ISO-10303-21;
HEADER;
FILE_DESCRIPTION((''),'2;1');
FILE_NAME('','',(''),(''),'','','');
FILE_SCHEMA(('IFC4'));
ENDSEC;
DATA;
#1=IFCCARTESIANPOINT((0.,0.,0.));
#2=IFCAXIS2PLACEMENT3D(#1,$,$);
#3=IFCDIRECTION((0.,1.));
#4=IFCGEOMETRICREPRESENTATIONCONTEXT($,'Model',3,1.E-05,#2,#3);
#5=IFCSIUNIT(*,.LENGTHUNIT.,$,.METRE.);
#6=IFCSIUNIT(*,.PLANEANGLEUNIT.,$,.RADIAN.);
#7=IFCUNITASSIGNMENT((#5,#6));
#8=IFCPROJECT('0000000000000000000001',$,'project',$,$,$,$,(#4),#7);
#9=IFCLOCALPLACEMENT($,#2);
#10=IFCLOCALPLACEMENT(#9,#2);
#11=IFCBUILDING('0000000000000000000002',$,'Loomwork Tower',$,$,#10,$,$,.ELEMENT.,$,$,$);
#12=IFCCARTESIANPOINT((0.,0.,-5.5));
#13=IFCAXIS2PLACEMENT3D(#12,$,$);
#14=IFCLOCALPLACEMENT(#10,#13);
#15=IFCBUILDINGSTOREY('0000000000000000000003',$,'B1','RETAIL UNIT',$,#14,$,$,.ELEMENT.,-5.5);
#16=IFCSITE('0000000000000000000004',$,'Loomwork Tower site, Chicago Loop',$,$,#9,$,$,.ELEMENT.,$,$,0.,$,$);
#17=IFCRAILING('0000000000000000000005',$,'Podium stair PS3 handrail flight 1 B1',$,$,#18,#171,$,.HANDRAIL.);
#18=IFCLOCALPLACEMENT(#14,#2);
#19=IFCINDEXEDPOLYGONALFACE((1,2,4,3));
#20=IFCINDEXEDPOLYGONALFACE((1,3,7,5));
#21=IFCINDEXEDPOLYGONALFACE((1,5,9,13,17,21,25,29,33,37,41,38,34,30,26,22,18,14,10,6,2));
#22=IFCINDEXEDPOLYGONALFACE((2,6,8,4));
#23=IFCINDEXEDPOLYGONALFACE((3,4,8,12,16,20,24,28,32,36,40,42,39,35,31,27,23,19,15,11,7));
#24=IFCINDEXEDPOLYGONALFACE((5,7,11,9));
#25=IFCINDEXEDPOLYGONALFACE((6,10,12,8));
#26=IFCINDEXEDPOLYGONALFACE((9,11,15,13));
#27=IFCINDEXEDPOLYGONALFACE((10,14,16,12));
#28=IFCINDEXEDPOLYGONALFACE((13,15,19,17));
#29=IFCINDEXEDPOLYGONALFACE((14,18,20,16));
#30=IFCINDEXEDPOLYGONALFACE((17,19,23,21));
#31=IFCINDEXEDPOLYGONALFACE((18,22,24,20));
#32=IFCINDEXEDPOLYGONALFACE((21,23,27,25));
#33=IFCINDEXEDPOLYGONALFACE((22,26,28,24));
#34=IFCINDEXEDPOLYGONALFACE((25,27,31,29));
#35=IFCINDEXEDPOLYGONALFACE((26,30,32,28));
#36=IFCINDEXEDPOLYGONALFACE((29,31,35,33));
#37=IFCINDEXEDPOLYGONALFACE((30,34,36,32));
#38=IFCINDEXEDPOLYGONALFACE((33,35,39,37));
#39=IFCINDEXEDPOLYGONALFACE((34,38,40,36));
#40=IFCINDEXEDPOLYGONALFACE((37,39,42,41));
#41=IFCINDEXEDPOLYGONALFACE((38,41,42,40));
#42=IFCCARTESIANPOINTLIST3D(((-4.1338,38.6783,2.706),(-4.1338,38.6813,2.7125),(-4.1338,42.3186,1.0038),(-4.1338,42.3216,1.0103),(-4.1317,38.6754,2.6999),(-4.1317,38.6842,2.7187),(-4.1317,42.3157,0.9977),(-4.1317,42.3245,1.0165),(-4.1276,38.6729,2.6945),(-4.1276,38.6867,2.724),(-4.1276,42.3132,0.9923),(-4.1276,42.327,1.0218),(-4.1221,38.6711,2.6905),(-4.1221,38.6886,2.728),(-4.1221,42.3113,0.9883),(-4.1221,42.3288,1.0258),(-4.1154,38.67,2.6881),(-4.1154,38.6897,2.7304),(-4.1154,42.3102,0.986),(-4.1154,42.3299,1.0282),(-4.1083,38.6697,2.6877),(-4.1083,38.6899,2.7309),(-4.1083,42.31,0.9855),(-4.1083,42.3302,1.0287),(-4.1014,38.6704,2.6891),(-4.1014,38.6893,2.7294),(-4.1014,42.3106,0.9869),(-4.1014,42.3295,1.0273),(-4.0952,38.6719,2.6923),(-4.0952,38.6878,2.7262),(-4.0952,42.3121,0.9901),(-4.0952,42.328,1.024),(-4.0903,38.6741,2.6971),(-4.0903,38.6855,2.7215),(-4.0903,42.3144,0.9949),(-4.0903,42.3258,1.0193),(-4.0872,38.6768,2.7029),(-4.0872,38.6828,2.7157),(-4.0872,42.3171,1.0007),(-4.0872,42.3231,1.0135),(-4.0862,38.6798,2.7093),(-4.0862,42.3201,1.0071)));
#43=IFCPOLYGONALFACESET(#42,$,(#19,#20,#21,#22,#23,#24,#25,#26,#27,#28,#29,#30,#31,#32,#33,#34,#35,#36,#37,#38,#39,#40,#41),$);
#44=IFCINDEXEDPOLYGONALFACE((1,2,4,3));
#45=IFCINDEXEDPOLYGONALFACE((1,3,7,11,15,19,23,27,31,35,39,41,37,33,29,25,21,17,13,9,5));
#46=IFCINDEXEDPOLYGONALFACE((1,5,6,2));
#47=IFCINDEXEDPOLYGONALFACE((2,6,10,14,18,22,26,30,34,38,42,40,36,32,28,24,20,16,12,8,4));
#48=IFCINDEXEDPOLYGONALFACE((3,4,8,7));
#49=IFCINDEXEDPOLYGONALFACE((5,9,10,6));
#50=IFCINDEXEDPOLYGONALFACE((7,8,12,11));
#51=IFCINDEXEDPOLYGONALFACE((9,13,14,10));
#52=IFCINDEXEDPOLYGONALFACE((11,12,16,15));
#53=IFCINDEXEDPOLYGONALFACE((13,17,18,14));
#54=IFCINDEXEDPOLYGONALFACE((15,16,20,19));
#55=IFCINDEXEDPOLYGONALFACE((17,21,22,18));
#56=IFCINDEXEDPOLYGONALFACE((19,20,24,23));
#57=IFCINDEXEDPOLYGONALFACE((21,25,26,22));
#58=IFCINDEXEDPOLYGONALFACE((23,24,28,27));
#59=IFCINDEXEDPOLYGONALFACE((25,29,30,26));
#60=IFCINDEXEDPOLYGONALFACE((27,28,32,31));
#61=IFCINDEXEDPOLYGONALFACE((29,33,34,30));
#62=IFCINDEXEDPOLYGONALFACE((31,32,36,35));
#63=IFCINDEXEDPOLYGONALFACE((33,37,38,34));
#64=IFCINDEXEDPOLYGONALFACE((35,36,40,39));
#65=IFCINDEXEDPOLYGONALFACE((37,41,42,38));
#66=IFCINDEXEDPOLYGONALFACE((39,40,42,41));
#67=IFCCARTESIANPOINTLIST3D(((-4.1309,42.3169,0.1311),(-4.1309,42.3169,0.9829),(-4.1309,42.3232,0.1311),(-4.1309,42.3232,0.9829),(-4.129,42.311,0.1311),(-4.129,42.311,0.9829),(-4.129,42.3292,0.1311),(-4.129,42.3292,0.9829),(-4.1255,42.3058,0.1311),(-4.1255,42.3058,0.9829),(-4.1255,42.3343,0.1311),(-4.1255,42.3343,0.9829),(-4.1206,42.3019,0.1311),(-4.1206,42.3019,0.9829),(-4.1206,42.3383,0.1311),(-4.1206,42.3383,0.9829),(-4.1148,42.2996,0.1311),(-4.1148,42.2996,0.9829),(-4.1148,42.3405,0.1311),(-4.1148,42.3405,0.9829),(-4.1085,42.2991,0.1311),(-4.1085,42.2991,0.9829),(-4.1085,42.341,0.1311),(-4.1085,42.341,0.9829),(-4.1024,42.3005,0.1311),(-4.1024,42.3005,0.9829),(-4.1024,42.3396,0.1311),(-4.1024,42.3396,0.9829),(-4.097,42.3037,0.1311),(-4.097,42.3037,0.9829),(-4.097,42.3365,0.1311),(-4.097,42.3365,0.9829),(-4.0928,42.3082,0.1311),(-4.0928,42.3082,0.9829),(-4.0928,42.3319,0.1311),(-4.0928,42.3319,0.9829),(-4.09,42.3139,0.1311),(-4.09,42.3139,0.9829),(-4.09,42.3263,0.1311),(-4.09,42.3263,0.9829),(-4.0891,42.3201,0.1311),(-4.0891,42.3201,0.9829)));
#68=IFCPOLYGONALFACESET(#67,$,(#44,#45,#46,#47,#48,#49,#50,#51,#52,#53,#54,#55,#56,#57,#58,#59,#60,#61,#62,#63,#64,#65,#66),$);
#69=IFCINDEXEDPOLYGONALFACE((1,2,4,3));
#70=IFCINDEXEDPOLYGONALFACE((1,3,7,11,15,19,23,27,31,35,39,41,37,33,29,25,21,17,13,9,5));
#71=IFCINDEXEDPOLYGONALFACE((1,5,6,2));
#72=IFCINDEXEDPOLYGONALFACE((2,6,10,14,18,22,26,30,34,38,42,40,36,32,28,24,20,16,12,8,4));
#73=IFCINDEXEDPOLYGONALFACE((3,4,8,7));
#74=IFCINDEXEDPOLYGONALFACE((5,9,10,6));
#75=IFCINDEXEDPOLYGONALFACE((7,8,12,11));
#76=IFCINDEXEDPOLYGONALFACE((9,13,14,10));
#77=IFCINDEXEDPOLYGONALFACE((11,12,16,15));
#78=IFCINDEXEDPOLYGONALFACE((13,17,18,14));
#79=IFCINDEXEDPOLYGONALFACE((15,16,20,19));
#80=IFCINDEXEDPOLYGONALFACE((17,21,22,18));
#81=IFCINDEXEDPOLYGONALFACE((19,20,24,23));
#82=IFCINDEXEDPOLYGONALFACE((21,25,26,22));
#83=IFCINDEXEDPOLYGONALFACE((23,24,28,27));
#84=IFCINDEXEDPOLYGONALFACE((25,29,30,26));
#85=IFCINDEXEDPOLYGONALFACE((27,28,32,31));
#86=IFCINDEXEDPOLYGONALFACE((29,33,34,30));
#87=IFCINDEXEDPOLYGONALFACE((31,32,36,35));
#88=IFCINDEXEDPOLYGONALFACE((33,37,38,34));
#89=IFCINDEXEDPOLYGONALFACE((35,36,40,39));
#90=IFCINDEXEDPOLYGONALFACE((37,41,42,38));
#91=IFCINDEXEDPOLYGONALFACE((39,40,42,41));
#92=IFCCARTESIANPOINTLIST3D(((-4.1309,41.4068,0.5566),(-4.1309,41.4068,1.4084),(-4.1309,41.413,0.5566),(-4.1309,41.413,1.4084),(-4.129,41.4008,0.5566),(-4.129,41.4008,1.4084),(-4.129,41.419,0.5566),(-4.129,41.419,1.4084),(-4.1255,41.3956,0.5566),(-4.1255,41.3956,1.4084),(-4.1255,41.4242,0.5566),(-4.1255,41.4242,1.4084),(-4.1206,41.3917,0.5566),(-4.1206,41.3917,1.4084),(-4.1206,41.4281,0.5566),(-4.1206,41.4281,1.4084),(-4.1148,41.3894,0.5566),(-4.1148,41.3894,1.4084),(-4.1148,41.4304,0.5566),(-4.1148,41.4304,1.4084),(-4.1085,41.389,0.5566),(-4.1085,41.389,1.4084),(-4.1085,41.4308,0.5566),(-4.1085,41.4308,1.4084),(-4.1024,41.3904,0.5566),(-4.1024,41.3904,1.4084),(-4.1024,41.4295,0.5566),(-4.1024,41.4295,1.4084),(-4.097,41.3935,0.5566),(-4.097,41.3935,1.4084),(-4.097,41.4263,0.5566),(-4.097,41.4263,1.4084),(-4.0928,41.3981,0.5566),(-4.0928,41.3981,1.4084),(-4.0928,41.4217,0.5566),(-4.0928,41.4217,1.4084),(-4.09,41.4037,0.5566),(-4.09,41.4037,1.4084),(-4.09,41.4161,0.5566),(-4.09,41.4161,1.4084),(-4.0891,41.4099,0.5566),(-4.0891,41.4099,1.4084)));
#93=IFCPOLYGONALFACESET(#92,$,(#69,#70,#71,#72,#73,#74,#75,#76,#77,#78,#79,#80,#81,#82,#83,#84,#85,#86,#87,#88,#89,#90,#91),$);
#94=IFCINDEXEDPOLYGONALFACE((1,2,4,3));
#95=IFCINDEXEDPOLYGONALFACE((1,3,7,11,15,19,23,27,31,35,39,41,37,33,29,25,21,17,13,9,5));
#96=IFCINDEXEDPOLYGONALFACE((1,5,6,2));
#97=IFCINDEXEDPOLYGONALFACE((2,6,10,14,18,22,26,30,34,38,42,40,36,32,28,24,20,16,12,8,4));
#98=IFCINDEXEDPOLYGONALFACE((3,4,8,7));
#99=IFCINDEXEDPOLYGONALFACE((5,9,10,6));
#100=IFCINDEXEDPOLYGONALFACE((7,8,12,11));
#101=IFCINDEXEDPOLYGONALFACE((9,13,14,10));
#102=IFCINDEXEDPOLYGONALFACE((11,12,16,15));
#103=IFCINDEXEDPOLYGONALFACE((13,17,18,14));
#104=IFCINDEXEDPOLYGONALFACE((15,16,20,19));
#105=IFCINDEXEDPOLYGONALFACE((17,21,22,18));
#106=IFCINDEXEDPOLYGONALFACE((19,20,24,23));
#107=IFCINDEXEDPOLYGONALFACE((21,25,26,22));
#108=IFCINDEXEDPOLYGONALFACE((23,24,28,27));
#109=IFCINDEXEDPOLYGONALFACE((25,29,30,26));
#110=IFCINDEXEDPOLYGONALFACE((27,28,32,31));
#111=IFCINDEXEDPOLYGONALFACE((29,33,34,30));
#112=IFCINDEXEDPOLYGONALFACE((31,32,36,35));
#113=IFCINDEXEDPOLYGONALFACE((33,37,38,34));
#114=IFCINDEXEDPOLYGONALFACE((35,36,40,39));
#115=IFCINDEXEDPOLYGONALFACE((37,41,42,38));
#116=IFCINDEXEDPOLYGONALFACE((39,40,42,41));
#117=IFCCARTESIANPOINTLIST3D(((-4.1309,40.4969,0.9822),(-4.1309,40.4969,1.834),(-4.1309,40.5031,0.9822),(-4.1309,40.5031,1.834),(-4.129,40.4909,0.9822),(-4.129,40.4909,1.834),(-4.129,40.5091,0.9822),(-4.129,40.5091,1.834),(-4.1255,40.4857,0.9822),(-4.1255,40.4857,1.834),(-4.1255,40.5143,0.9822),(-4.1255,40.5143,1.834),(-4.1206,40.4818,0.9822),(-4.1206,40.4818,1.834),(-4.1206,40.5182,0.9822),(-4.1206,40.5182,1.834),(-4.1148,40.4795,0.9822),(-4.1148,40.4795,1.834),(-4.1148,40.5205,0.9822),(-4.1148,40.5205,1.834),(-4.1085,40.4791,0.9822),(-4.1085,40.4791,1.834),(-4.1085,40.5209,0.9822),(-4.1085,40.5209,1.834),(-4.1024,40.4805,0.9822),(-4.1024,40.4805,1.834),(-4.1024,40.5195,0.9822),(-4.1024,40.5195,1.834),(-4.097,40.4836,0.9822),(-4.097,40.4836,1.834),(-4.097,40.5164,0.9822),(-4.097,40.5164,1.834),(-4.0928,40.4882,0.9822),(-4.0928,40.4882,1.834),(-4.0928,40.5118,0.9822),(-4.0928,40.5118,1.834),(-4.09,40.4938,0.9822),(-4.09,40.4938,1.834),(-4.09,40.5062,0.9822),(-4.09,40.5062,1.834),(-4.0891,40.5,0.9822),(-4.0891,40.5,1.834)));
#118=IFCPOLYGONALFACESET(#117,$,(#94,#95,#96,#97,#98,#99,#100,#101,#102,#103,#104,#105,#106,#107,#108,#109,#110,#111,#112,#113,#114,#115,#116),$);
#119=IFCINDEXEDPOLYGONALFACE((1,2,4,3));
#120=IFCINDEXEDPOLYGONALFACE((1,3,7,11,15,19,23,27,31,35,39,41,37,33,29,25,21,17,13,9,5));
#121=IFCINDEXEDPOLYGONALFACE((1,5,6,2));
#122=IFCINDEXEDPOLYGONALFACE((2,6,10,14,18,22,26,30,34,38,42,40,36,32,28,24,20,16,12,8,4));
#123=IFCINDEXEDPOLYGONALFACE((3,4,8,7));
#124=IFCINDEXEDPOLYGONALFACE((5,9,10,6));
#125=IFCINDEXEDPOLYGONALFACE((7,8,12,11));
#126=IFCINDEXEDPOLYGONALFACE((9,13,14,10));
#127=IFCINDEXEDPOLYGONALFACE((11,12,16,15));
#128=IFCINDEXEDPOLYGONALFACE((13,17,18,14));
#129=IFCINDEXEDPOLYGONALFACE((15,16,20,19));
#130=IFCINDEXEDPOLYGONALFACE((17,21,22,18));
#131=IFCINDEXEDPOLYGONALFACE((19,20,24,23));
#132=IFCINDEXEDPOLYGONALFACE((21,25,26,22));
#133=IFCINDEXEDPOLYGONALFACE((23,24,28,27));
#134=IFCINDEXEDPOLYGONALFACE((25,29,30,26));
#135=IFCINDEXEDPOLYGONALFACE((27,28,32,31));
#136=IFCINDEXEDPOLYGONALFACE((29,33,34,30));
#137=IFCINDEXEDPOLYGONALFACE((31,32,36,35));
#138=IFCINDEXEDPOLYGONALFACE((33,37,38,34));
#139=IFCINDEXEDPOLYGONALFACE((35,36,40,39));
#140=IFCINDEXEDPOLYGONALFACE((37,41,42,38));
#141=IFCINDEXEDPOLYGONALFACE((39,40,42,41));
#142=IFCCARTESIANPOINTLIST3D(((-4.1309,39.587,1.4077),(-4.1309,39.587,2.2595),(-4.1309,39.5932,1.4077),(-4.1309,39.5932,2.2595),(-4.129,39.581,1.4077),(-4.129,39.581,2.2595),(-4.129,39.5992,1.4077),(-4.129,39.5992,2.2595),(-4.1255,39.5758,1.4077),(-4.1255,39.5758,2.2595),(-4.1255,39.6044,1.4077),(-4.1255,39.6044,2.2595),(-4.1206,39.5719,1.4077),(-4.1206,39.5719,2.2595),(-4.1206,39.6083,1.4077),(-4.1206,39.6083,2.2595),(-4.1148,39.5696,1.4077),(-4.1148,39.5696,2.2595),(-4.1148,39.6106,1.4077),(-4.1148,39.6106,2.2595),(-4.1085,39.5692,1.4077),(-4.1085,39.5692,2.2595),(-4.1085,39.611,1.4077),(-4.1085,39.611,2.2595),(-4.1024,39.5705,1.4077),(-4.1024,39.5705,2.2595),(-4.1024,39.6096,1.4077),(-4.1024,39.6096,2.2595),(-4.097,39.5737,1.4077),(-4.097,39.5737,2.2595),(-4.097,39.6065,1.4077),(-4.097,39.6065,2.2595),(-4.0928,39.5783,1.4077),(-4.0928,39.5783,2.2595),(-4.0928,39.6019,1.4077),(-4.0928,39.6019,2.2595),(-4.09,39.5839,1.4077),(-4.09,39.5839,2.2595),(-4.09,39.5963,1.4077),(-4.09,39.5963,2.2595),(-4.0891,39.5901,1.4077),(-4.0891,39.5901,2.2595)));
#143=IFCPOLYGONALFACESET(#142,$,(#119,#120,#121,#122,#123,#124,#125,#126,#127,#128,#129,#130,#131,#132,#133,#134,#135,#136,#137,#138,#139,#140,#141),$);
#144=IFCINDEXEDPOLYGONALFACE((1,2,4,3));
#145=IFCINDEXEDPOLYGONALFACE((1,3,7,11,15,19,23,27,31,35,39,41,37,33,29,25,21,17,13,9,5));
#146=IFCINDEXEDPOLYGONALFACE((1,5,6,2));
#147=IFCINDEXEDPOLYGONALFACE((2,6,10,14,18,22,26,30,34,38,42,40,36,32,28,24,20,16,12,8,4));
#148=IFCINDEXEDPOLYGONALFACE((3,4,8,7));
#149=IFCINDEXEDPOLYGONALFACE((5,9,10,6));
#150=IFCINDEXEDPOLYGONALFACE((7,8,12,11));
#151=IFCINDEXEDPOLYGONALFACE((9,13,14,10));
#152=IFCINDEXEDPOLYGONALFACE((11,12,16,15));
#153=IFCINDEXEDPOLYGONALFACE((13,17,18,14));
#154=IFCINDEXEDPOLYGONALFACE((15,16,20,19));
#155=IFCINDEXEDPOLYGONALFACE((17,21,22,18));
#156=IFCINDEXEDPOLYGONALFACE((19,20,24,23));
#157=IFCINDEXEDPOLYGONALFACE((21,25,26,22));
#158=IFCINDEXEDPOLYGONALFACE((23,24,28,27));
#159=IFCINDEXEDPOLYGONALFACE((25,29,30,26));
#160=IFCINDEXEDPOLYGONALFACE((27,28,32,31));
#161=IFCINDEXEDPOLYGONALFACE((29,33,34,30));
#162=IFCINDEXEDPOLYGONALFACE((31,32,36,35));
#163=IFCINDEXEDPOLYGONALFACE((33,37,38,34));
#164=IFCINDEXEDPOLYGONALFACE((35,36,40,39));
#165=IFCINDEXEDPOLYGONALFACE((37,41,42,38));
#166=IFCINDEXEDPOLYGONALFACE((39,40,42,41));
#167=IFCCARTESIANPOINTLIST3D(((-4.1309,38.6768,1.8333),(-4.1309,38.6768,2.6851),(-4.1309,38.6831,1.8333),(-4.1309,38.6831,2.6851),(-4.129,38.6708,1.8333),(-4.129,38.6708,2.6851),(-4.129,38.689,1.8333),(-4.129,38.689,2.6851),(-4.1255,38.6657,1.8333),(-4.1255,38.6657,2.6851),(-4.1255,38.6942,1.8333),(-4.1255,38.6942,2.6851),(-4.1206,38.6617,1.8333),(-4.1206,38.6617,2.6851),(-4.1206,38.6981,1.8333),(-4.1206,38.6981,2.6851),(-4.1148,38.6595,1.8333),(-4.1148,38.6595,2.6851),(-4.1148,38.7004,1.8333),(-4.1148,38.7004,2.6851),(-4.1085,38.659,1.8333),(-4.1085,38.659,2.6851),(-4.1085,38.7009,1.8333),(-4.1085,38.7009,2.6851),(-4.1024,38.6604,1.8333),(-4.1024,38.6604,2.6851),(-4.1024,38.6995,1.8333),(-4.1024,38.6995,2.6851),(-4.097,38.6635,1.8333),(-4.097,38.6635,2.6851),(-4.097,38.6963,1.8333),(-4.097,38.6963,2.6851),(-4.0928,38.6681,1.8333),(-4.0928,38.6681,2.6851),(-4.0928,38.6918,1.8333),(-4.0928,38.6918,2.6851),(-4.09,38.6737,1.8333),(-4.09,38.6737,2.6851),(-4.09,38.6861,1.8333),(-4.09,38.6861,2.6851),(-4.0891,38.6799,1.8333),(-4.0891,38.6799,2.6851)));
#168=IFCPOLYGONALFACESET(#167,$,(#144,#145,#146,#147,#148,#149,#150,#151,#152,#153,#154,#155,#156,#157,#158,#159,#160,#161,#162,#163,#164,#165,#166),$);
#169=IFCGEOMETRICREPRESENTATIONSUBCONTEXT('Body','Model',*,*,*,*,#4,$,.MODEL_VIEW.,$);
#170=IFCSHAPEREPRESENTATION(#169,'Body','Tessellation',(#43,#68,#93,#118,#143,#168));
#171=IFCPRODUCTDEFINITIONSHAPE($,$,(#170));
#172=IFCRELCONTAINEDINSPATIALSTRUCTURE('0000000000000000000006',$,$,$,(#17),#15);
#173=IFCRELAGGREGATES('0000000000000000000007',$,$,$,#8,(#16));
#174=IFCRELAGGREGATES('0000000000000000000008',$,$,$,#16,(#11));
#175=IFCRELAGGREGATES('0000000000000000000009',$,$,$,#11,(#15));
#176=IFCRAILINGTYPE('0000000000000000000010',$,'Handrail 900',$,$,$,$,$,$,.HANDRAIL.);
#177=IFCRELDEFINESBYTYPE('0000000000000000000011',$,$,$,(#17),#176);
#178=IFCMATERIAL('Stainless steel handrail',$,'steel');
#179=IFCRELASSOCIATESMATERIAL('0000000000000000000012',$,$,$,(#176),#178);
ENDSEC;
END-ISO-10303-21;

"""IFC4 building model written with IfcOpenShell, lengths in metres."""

from ifc_helpers import new_model, si_unit, direction, frame, origin, origin_2d, place, context, subcontext, project, spatial, circle, extrude, material, type_object, element, save


model = new_model("IFC4")

# Units and contexts
model_context = context("Model", 3, precision=1e-05, world=origin(), true_north=direction((0.0, 1.0)))
body_context = subcontext(model_context, "Body", "Model", "MODEL_VIEW")
ifc_project = project(units=[si_unit("LENGTHUNIT", "METRE"), si_unit("PLANEANGLEUNIT", "RADIAN")], contexts=[model_context])

# Site, building, storey
site_placement = place(None, origin())
site = spatial("IfcSite", under=ifc_project, at=site_placement, Name="Loomwork Tower site, Chicago Loop", CompositionType="ELEMENT", RefElevation=0.0)
building_placement = place(site_placement, origin())
building = spatial("IfcBuilding", under=site, at=building_placement, Name="Loomwork Tower", CompositionType="ELEMENT")
storey_placement = place(building_placement, frame((0.0, 0.0, -5.5)))
storey = spatial("IfcBuildingStorey", under=building, at=storey_placement, Name="B1", Description="RETAIL UNIT", CompositionType="ELEMENT", Elevation=-5.5)

# Railing
ifc_material_1 = material(Name="Stainless steel handrail", Category="steel")
railing_type = type_object("IfcRailingType", Name="Handrail 900", PredefinedType="HANDRAIL", material=ifc_material_1)
railing_1_placement = place(storey_placement, frame((-4.1101, 42.3201, 0.1311)))
element("IfcRailing", 1, at=railing_1_placement, inside=storey, type_object=railing_type, Name="Podium stair PS3 handrail flight 1 B1", PredefinedType="HANDRAIL", context=body_context, shape_type="SweptSolid", body=[
    extrude(circle(Radius=0.0239, at=origin_2d()), frame((0.0, 0.0, 0.876), z_axis=(0.0, -0.905857, 0.423584), x_axis=(1.0, 0.0, 0.0)), (0.0, 0.0, 1.0), 4.0186),
    extrude(circle(Radius=0.021, at=origin_2d()), origin(), (0.0, 0.0, 1.0), 0.8518),
    extrude(circle(Radius=0.021, at=origin_2d()), frame((0.0, -0.9102, 0.4255)), (0.0, 0.0, 1.0), 0.8518),
    extrude(circle(Radius=0.021, at=origin_2d()), frame((0.0, -1.8201, 0.8511)), (0.0, 0.0, 1.0), 0.8518),
    extrude(circle(Radius=0.021, at=origin_2d()), frame((0.0, -2.73, 1.2766)), (0.0, 0.0, 1.0), 0.8518),
    extrude(circle(Radius=0.021, at=origin_2d()), frame((0.0, -3.6401, 1.7021)), (0.0, 0.0, 1.0), 0.8518),
])

save(model, "model.ifc")
